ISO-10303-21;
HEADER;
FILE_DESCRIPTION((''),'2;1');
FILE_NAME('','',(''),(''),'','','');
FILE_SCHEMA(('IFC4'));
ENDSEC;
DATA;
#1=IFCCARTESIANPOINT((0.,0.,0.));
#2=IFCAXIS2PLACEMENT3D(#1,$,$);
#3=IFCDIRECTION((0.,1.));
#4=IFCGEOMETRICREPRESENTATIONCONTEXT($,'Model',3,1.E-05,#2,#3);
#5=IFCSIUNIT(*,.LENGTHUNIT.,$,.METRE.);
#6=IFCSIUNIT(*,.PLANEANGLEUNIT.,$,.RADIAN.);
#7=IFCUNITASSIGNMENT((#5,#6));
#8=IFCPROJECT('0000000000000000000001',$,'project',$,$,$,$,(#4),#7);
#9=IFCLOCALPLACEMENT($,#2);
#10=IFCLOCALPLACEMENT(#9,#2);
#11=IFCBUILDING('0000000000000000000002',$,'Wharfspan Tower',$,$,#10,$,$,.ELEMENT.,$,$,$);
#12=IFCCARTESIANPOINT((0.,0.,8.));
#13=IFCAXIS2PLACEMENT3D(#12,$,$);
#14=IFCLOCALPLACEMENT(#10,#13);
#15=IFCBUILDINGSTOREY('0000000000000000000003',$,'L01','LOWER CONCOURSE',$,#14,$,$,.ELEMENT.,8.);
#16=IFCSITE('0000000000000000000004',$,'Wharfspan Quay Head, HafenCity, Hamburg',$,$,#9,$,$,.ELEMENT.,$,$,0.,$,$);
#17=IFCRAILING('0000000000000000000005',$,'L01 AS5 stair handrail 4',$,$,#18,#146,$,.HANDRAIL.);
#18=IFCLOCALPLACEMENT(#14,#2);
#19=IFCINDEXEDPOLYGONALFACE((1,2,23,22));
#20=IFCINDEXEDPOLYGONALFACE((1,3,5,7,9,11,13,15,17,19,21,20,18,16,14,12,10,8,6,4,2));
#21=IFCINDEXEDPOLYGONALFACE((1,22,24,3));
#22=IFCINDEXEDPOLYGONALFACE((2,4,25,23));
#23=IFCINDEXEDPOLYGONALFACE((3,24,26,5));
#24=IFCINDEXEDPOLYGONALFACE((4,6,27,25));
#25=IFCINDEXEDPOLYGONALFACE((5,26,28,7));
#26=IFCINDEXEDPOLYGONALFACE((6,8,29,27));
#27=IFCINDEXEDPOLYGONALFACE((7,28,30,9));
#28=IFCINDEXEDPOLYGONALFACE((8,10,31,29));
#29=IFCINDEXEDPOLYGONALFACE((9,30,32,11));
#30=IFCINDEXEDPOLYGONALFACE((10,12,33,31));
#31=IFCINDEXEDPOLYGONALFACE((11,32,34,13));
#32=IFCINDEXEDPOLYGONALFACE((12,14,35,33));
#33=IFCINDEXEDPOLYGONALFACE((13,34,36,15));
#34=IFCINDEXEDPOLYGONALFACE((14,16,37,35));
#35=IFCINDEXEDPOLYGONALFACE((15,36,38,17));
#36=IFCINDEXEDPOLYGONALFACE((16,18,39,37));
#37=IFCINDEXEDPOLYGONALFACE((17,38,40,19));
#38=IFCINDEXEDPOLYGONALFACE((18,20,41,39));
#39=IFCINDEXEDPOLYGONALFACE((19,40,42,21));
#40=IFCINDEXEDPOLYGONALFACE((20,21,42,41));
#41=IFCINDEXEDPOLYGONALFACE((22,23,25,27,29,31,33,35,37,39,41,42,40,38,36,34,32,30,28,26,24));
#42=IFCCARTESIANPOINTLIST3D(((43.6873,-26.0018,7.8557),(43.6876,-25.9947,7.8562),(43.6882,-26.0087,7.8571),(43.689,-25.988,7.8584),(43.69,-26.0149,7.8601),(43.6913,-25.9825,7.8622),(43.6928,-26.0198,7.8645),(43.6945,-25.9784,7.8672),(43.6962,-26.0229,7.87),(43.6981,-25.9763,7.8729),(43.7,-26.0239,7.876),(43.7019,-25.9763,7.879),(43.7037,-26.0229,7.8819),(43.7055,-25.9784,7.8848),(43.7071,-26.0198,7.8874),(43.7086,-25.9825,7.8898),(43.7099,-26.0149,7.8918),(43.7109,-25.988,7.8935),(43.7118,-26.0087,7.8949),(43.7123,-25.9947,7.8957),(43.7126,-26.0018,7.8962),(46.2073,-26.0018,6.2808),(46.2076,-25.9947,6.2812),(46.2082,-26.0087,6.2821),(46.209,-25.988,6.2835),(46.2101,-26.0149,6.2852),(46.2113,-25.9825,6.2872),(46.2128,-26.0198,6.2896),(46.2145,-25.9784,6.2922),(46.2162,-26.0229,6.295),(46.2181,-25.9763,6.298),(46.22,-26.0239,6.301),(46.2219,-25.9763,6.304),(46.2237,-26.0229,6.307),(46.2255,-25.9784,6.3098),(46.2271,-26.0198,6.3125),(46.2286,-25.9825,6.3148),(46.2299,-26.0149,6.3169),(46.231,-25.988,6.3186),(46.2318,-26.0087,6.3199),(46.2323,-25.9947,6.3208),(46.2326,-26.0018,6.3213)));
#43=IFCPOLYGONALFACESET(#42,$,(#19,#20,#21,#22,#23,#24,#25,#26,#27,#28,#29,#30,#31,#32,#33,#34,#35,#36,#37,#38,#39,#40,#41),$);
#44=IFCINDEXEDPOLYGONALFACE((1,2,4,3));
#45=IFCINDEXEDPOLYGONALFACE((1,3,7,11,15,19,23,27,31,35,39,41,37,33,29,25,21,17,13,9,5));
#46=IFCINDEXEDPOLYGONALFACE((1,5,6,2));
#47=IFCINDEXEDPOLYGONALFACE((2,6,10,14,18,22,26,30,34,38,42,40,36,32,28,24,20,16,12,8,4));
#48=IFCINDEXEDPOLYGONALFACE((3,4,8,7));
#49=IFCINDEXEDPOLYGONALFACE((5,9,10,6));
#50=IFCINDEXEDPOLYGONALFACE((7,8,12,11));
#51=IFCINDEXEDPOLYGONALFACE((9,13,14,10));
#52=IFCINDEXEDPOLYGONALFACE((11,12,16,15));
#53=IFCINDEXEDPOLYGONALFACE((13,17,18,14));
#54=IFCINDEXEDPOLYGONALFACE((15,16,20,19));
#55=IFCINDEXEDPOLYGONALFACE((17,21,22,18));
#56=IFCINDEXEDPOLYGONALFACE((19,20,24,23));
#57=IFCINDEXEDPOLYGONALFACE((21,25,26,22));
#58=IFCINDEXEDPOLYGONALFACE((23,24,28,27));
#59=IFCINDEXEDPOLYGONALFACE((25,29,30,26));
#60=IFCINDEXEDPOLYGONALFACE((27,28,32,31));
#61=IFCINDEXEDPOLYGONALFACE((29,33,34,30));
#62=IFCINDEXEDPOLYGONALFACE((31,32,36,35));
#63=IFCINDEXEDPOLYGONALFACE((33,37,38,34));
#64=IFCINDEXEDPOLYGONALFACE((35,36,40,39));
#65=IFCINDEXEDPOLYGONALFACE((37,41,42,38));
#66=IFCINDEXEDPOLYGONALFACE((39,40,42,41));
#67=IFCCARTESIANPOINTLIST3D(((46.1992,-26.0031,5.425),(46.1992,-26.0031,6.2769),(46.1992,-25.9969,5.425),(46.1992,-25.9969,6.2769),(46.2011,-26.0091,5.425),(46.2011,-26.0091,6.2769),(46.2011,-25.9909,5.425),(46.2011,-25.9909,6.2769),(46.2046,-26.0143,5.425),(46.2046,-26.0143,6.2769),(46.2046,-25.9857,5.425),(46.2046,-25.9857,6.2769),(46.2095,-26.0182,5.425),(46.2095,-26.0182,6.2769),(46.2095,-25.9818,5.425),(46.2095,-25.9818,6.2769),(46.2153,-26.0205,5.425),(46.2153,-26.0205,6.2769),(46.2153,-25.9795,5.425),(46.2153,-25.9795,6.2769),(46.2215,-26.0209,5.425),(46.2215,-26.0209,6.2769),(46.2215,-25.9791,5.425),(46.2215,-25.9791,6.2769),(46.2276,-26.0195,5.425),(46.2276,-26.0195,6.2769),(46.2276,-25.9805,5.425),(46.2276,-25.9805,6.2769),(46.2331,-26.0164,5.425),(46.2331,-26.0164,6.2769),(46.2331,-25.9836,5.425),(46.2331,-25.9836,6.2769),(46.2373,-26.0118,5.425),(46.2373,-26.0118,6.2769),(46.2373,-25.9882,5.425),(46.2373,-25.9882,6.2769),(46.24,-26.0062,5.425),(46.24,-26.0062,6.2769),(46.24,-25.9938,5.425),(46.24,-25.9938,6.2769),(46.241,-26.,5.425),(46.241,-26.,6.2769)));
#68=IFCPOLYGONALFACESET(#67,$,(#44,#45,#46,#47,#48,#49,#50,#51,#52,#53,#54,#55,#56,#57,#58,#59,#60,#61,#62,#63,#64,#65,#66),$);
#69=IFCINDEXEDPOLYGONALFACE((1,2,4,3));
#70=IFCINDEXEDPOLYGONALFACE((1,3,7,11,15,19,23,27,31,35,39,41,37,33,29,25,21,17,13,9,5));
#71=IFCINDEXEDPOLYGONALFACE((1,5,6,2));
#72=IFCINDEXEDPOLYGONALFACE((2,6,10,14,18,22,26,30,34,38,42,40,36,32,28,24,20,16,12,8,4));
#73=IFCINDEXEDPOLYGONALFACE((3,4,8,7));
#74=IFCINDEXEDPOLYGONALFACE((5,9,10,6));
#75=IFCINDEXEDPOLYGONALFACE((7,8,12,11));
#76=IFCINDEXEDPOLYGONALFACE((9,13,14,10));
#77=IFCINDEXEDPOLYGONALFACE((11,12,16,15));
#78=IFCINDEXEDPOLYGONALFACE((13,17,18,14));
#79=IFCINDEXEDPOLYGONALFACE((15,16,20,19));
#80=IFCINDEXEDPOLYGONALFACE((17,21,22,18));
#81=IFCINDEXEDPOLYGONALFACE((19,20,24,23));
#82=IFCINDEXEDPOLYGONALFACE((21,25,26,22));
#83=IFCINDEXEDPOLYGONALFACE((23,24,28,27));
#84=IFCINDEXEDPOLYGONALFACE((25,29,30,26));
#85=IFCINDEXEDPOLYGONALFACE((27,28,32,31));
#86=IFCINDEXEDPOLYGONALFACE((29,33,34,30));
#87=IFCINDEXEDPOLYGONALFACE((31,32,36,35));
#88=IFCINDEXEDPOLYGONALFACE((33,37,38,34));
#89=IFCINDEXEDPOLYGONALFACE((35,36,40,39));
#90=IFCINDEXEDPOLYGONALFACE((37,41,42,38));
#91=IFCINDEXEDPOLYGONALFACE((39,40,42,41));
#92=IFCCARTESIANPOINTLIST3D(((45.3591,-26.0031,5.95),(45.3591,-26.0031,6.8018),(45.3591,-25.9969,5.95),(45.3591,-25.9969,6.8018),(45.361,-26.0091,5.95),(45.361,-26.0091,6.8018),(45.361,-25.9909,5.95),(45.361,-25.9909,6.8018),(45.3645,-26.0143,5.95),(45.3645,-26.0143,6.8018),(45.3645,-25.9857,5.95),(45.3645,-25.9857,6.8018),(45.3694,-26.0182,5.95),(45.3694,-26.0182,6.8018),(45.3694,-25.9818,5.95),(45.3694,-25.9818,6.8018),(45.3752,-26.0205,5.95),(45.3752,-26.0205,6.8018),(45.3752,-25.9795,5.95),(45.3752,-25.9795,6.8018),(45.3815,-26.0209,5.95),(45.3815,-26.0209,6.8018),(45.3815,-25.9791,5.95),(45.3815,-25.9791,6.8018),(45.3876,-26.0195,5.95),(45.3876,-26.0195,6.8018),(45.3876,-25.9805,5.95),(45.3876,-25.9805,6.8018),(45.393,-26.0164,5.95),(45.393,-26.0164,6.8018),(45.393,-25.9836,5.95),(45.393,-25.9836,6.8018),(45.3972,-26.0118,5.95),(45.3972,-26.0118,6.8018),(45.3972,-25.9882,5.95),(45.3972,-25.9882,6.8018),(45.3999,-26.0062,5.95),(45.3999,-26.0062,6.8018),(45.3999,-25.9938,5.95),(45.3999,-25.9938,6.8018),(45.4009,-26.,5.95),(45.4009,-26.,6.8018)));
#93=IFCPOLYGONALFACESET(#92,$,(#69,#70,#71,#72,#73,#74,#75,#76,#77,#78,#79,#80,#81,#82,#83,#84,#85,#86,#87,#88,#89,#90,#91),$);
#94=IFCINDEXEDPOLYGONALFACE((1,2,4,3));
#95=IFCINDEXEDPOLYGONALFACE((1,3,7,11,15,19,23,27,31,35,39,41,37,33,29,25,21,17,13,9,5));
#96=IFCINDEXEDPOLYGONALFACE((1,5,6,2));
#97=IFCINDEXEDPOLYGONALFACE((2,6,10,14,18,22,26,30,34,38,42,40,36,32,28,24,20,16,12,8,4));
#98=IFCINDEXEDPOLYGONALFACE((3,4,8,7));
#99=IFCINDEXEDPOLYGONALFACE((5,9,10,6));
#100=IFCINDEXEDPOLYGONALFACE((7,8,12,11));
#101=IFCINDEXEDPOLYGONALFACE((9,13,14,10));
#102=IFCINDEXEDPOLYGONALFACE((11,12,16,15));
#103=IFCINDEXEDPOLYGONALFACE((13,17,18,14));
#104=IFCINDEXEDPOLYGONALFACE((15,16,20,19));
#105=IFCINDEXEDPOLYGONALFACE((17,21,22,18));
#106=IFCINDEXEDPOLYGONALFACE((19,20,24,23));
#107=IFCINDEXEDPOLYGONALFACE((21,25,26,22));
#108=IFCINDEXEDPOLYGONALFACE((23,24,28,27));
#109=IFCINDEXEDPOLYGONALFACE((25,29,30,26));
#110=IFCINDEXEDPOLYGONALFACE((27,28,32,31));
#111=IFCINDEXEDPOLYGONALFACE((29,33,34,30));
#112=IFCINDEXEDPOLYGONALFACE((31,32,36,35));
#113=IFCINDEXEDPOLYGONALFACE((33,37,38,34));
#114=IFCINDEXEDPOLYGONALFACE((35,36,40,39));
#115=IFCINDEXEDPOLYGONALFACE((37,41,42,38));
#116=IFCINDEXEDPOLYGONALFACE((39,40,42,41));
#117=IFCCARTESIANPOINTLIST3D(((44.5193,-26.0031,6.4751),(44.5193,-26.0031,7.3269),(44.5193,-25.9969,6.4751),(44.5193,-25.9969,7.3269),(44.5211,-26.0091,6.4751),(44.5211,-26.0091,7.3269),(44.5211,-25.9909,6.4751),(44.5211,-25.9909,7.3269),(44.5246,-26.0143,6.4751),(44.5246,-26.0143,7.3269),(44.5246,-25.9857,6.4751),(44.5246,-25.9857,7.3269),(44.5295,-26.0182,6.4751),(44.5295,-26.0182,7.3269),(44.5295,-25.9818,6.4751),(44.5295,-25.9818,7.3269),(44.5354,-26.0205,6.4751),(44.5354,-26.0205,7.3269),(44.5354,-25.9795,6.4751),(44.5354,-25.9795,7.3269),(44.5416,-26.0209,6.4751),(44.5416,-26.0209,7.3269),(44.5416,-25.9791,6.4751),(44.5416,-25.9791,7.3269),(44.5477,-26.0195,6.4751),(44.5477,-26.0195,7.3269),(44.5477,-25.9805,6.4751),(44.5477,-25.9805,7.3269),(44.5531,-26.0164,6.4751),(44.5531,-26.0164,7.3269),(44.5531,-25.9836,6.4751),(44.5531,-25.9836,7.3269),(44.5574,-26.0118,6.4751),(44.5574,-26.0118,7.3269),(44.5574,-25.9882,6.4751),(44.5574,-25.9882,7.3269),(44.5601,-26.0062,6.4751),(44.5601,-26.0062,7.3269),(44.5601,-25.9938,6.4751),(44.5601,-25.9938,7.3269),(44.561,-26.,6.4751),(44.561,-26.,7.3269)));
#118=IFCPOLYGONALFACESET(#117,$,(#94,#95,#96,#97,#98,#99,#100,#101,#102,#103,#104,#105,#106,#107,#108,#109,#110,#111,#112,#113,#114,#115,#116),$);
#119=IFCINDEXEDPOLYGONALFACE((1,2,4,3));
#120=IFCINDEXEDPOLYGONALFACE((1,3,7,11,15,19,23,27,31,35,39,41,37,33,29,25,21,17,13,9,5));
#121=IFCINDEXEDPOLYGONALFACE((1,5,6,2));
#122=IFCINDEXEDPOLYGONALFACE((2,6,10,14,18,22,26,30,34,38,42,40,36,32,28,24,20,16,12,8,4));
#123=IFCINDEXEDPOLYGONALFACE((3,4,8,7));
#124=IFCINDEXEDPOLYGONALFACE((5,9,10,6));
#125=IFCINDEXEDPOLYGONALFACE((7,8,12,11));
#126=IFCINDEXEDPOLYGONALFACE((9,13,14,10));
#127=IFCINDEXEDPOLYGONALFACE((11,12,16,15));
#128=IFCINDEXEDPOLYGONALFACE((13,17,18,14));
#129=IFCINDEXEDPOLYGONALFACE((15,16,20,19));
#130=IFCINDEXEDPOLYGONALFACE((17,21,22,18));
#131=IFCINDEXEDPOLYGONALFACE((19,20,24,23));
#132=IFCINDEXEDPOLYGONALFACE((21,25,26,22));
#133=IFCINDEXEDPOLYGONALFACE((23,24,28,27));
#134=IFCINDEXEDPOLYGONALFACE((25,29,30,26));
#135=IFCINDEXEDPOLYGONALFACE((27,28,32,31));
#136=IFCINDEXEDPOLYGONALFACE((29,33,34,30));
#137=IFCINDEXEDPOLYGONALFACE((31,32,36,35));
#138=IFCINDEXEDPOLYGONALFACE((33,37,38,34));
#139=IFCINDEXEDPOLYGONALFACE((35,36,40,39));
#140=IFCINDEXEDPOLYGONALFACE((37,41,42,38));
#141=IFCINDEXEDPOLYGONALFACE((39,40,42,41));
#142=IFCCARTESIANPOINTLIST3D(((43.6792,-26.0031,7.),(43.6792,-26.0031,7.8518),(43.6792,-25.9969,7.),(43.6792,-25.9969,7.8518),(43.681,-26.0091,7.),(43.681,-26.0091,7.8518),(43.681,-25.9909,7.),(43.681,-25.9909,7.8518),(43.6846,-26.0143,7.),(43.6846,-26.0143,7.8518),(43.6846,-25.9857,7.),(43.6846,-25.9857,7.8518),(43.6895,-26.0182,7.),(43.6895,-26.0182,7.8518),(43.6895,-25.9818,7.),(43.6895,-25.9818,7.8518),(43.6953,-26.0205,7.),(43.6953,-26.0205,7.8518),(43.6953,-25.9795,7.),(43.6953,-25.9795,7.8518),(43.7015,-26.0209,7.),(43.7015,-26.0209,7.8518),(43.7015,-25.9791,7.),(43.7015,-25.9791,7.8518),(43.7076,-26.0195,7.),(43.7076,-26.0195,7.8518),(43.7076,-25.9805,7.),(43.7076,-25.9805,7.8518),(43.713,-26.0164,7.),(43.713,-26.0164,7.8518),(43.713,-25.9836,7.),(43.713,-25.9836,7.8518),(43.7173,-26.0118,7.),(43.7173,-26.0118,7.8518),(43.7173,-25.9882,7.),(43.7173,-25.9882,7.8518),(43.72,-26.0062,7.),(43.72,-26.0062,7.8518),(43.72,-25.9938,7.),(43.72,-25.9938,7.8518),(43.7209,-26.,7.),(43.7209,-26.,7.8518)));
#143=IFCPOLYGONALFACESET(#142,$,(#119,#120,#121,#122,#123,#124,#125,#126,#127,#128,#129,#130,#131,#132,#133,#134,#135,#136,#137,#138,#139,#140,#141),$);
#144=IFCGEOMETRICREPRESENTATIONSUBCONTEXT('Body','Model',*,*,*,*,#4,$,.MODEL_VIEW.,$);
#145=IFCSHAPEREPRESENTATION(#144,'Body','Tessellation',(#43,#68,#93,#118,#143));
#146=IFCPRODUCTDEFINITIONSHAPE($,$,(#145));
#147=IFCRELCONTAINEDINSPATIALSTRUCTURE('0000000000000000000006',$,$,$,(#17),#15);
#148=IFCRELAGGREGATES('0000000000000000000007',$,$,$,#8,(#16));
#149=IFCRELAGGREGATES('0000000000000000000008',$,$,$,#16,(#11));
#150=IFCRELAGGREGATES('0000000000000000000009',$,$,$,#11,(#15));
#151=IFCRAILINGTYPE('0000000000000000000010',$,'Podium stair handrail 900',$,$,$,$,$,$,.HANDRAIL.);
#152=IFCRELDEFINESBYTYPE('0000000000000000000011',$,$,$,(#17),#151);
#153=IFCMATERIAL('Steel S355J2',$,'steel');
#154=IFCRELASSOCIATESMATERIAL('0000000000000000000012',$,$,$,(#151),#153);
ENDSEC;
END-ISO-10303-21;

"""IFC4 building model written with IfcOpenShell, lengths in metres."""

from ifc_helpers import new_model, si_unit, direction, frame, origin, origin_2d, place, context, subcontext, project, spatial, circle, extrude, material, type_object, element, save


model = new_model("IFC4")

# Units and contexts
model_context = context("Model", 3, precision=1e-05, world=origin(), true_north=direction((0.0, 1.0)))
body_context = subcontext(model_context, "Body", "Model", "MODEL_VIEW")
ifc_project = project(units=[si_unit("LENGTHUNIT", "METRE"), si_unit("PLANEANGLEUNIT", "RADIAN")], contexts=[model_context])

# Site, building, storey
site_placement = place(None, origin())
site = spatial("IfcSite", under=ifc_project, at=site_placement, Name="Wharfspan Quay Head, HafenCity, Hamburg", CompositionType="ELEMENT", RefElevation=0.0)
building_placement = place(site_placement, origin())
building = spatial("IfcBuilding", under=site, at=building_placement, Name="Wharfspan Tower", CompositionType="ELEMENT")
storey_placement = place(building_placement, frame((0.0, 0.0, 8.0)))
storey = spatial("IfcBuildingStorey", under=building, at=storey_placement, Name="L01", Description="LOWER CONCOURSE", CompositionType="ELEMENT", Elevation=8.0)

# Railing
ifc_material_1 = material(Name="Steel S355J2", Category="steel")
railing_type_1 = type_object("IfcRailingType", Name="Podium stair handrail 900", PredefinedType="HANDRAIL", material=ifc_material_1)
railing_1_placement = place(storey_placement, frame((46.22, -26.0, 5.425)))
element("IfcRailing", 1, at=railing_1_placement, inside=storey, type_object=railing_type_1, Name="L01 AS5 stair handrail 4", PredefinedType="HANDRAIL", context=body_context, shape_type="SweptSolid", body=[
    extrude(circle(Radius=0.0239, at=origin_2d()), frame((0.0, 0.0, 0.876), z_axis=(-0.848008, 0.0, 0.529984), x_axis=(0.0, -1.0, 0.0)), (0.0, 0.0, 1.0), 2.9717),
    extrude(circle(Radius=0.021, at=origin_2d()), origin(), (0.0, 0.0, 1.0), 0.8518),
    extrude(circle(Radius=0.021, at=origin_2d()), frame((-0.8401, 0.0, 0.5249)), (0.0, 0.0, 1.0), 0.8518),
    extrude(circle(Radius=0.021, at=origin_2d()), frame((-1.6799, 0.0, 1.05)), (0.0, 0.0, 1.0), 0.8518),
    extrude(circle(Radius=0.021, at=origin_2d()), frame((-2.52, 0.0, 1.575)), (0.0, 0.0, 1.0), 0.8518),
])

save(model, "model.ifc")
